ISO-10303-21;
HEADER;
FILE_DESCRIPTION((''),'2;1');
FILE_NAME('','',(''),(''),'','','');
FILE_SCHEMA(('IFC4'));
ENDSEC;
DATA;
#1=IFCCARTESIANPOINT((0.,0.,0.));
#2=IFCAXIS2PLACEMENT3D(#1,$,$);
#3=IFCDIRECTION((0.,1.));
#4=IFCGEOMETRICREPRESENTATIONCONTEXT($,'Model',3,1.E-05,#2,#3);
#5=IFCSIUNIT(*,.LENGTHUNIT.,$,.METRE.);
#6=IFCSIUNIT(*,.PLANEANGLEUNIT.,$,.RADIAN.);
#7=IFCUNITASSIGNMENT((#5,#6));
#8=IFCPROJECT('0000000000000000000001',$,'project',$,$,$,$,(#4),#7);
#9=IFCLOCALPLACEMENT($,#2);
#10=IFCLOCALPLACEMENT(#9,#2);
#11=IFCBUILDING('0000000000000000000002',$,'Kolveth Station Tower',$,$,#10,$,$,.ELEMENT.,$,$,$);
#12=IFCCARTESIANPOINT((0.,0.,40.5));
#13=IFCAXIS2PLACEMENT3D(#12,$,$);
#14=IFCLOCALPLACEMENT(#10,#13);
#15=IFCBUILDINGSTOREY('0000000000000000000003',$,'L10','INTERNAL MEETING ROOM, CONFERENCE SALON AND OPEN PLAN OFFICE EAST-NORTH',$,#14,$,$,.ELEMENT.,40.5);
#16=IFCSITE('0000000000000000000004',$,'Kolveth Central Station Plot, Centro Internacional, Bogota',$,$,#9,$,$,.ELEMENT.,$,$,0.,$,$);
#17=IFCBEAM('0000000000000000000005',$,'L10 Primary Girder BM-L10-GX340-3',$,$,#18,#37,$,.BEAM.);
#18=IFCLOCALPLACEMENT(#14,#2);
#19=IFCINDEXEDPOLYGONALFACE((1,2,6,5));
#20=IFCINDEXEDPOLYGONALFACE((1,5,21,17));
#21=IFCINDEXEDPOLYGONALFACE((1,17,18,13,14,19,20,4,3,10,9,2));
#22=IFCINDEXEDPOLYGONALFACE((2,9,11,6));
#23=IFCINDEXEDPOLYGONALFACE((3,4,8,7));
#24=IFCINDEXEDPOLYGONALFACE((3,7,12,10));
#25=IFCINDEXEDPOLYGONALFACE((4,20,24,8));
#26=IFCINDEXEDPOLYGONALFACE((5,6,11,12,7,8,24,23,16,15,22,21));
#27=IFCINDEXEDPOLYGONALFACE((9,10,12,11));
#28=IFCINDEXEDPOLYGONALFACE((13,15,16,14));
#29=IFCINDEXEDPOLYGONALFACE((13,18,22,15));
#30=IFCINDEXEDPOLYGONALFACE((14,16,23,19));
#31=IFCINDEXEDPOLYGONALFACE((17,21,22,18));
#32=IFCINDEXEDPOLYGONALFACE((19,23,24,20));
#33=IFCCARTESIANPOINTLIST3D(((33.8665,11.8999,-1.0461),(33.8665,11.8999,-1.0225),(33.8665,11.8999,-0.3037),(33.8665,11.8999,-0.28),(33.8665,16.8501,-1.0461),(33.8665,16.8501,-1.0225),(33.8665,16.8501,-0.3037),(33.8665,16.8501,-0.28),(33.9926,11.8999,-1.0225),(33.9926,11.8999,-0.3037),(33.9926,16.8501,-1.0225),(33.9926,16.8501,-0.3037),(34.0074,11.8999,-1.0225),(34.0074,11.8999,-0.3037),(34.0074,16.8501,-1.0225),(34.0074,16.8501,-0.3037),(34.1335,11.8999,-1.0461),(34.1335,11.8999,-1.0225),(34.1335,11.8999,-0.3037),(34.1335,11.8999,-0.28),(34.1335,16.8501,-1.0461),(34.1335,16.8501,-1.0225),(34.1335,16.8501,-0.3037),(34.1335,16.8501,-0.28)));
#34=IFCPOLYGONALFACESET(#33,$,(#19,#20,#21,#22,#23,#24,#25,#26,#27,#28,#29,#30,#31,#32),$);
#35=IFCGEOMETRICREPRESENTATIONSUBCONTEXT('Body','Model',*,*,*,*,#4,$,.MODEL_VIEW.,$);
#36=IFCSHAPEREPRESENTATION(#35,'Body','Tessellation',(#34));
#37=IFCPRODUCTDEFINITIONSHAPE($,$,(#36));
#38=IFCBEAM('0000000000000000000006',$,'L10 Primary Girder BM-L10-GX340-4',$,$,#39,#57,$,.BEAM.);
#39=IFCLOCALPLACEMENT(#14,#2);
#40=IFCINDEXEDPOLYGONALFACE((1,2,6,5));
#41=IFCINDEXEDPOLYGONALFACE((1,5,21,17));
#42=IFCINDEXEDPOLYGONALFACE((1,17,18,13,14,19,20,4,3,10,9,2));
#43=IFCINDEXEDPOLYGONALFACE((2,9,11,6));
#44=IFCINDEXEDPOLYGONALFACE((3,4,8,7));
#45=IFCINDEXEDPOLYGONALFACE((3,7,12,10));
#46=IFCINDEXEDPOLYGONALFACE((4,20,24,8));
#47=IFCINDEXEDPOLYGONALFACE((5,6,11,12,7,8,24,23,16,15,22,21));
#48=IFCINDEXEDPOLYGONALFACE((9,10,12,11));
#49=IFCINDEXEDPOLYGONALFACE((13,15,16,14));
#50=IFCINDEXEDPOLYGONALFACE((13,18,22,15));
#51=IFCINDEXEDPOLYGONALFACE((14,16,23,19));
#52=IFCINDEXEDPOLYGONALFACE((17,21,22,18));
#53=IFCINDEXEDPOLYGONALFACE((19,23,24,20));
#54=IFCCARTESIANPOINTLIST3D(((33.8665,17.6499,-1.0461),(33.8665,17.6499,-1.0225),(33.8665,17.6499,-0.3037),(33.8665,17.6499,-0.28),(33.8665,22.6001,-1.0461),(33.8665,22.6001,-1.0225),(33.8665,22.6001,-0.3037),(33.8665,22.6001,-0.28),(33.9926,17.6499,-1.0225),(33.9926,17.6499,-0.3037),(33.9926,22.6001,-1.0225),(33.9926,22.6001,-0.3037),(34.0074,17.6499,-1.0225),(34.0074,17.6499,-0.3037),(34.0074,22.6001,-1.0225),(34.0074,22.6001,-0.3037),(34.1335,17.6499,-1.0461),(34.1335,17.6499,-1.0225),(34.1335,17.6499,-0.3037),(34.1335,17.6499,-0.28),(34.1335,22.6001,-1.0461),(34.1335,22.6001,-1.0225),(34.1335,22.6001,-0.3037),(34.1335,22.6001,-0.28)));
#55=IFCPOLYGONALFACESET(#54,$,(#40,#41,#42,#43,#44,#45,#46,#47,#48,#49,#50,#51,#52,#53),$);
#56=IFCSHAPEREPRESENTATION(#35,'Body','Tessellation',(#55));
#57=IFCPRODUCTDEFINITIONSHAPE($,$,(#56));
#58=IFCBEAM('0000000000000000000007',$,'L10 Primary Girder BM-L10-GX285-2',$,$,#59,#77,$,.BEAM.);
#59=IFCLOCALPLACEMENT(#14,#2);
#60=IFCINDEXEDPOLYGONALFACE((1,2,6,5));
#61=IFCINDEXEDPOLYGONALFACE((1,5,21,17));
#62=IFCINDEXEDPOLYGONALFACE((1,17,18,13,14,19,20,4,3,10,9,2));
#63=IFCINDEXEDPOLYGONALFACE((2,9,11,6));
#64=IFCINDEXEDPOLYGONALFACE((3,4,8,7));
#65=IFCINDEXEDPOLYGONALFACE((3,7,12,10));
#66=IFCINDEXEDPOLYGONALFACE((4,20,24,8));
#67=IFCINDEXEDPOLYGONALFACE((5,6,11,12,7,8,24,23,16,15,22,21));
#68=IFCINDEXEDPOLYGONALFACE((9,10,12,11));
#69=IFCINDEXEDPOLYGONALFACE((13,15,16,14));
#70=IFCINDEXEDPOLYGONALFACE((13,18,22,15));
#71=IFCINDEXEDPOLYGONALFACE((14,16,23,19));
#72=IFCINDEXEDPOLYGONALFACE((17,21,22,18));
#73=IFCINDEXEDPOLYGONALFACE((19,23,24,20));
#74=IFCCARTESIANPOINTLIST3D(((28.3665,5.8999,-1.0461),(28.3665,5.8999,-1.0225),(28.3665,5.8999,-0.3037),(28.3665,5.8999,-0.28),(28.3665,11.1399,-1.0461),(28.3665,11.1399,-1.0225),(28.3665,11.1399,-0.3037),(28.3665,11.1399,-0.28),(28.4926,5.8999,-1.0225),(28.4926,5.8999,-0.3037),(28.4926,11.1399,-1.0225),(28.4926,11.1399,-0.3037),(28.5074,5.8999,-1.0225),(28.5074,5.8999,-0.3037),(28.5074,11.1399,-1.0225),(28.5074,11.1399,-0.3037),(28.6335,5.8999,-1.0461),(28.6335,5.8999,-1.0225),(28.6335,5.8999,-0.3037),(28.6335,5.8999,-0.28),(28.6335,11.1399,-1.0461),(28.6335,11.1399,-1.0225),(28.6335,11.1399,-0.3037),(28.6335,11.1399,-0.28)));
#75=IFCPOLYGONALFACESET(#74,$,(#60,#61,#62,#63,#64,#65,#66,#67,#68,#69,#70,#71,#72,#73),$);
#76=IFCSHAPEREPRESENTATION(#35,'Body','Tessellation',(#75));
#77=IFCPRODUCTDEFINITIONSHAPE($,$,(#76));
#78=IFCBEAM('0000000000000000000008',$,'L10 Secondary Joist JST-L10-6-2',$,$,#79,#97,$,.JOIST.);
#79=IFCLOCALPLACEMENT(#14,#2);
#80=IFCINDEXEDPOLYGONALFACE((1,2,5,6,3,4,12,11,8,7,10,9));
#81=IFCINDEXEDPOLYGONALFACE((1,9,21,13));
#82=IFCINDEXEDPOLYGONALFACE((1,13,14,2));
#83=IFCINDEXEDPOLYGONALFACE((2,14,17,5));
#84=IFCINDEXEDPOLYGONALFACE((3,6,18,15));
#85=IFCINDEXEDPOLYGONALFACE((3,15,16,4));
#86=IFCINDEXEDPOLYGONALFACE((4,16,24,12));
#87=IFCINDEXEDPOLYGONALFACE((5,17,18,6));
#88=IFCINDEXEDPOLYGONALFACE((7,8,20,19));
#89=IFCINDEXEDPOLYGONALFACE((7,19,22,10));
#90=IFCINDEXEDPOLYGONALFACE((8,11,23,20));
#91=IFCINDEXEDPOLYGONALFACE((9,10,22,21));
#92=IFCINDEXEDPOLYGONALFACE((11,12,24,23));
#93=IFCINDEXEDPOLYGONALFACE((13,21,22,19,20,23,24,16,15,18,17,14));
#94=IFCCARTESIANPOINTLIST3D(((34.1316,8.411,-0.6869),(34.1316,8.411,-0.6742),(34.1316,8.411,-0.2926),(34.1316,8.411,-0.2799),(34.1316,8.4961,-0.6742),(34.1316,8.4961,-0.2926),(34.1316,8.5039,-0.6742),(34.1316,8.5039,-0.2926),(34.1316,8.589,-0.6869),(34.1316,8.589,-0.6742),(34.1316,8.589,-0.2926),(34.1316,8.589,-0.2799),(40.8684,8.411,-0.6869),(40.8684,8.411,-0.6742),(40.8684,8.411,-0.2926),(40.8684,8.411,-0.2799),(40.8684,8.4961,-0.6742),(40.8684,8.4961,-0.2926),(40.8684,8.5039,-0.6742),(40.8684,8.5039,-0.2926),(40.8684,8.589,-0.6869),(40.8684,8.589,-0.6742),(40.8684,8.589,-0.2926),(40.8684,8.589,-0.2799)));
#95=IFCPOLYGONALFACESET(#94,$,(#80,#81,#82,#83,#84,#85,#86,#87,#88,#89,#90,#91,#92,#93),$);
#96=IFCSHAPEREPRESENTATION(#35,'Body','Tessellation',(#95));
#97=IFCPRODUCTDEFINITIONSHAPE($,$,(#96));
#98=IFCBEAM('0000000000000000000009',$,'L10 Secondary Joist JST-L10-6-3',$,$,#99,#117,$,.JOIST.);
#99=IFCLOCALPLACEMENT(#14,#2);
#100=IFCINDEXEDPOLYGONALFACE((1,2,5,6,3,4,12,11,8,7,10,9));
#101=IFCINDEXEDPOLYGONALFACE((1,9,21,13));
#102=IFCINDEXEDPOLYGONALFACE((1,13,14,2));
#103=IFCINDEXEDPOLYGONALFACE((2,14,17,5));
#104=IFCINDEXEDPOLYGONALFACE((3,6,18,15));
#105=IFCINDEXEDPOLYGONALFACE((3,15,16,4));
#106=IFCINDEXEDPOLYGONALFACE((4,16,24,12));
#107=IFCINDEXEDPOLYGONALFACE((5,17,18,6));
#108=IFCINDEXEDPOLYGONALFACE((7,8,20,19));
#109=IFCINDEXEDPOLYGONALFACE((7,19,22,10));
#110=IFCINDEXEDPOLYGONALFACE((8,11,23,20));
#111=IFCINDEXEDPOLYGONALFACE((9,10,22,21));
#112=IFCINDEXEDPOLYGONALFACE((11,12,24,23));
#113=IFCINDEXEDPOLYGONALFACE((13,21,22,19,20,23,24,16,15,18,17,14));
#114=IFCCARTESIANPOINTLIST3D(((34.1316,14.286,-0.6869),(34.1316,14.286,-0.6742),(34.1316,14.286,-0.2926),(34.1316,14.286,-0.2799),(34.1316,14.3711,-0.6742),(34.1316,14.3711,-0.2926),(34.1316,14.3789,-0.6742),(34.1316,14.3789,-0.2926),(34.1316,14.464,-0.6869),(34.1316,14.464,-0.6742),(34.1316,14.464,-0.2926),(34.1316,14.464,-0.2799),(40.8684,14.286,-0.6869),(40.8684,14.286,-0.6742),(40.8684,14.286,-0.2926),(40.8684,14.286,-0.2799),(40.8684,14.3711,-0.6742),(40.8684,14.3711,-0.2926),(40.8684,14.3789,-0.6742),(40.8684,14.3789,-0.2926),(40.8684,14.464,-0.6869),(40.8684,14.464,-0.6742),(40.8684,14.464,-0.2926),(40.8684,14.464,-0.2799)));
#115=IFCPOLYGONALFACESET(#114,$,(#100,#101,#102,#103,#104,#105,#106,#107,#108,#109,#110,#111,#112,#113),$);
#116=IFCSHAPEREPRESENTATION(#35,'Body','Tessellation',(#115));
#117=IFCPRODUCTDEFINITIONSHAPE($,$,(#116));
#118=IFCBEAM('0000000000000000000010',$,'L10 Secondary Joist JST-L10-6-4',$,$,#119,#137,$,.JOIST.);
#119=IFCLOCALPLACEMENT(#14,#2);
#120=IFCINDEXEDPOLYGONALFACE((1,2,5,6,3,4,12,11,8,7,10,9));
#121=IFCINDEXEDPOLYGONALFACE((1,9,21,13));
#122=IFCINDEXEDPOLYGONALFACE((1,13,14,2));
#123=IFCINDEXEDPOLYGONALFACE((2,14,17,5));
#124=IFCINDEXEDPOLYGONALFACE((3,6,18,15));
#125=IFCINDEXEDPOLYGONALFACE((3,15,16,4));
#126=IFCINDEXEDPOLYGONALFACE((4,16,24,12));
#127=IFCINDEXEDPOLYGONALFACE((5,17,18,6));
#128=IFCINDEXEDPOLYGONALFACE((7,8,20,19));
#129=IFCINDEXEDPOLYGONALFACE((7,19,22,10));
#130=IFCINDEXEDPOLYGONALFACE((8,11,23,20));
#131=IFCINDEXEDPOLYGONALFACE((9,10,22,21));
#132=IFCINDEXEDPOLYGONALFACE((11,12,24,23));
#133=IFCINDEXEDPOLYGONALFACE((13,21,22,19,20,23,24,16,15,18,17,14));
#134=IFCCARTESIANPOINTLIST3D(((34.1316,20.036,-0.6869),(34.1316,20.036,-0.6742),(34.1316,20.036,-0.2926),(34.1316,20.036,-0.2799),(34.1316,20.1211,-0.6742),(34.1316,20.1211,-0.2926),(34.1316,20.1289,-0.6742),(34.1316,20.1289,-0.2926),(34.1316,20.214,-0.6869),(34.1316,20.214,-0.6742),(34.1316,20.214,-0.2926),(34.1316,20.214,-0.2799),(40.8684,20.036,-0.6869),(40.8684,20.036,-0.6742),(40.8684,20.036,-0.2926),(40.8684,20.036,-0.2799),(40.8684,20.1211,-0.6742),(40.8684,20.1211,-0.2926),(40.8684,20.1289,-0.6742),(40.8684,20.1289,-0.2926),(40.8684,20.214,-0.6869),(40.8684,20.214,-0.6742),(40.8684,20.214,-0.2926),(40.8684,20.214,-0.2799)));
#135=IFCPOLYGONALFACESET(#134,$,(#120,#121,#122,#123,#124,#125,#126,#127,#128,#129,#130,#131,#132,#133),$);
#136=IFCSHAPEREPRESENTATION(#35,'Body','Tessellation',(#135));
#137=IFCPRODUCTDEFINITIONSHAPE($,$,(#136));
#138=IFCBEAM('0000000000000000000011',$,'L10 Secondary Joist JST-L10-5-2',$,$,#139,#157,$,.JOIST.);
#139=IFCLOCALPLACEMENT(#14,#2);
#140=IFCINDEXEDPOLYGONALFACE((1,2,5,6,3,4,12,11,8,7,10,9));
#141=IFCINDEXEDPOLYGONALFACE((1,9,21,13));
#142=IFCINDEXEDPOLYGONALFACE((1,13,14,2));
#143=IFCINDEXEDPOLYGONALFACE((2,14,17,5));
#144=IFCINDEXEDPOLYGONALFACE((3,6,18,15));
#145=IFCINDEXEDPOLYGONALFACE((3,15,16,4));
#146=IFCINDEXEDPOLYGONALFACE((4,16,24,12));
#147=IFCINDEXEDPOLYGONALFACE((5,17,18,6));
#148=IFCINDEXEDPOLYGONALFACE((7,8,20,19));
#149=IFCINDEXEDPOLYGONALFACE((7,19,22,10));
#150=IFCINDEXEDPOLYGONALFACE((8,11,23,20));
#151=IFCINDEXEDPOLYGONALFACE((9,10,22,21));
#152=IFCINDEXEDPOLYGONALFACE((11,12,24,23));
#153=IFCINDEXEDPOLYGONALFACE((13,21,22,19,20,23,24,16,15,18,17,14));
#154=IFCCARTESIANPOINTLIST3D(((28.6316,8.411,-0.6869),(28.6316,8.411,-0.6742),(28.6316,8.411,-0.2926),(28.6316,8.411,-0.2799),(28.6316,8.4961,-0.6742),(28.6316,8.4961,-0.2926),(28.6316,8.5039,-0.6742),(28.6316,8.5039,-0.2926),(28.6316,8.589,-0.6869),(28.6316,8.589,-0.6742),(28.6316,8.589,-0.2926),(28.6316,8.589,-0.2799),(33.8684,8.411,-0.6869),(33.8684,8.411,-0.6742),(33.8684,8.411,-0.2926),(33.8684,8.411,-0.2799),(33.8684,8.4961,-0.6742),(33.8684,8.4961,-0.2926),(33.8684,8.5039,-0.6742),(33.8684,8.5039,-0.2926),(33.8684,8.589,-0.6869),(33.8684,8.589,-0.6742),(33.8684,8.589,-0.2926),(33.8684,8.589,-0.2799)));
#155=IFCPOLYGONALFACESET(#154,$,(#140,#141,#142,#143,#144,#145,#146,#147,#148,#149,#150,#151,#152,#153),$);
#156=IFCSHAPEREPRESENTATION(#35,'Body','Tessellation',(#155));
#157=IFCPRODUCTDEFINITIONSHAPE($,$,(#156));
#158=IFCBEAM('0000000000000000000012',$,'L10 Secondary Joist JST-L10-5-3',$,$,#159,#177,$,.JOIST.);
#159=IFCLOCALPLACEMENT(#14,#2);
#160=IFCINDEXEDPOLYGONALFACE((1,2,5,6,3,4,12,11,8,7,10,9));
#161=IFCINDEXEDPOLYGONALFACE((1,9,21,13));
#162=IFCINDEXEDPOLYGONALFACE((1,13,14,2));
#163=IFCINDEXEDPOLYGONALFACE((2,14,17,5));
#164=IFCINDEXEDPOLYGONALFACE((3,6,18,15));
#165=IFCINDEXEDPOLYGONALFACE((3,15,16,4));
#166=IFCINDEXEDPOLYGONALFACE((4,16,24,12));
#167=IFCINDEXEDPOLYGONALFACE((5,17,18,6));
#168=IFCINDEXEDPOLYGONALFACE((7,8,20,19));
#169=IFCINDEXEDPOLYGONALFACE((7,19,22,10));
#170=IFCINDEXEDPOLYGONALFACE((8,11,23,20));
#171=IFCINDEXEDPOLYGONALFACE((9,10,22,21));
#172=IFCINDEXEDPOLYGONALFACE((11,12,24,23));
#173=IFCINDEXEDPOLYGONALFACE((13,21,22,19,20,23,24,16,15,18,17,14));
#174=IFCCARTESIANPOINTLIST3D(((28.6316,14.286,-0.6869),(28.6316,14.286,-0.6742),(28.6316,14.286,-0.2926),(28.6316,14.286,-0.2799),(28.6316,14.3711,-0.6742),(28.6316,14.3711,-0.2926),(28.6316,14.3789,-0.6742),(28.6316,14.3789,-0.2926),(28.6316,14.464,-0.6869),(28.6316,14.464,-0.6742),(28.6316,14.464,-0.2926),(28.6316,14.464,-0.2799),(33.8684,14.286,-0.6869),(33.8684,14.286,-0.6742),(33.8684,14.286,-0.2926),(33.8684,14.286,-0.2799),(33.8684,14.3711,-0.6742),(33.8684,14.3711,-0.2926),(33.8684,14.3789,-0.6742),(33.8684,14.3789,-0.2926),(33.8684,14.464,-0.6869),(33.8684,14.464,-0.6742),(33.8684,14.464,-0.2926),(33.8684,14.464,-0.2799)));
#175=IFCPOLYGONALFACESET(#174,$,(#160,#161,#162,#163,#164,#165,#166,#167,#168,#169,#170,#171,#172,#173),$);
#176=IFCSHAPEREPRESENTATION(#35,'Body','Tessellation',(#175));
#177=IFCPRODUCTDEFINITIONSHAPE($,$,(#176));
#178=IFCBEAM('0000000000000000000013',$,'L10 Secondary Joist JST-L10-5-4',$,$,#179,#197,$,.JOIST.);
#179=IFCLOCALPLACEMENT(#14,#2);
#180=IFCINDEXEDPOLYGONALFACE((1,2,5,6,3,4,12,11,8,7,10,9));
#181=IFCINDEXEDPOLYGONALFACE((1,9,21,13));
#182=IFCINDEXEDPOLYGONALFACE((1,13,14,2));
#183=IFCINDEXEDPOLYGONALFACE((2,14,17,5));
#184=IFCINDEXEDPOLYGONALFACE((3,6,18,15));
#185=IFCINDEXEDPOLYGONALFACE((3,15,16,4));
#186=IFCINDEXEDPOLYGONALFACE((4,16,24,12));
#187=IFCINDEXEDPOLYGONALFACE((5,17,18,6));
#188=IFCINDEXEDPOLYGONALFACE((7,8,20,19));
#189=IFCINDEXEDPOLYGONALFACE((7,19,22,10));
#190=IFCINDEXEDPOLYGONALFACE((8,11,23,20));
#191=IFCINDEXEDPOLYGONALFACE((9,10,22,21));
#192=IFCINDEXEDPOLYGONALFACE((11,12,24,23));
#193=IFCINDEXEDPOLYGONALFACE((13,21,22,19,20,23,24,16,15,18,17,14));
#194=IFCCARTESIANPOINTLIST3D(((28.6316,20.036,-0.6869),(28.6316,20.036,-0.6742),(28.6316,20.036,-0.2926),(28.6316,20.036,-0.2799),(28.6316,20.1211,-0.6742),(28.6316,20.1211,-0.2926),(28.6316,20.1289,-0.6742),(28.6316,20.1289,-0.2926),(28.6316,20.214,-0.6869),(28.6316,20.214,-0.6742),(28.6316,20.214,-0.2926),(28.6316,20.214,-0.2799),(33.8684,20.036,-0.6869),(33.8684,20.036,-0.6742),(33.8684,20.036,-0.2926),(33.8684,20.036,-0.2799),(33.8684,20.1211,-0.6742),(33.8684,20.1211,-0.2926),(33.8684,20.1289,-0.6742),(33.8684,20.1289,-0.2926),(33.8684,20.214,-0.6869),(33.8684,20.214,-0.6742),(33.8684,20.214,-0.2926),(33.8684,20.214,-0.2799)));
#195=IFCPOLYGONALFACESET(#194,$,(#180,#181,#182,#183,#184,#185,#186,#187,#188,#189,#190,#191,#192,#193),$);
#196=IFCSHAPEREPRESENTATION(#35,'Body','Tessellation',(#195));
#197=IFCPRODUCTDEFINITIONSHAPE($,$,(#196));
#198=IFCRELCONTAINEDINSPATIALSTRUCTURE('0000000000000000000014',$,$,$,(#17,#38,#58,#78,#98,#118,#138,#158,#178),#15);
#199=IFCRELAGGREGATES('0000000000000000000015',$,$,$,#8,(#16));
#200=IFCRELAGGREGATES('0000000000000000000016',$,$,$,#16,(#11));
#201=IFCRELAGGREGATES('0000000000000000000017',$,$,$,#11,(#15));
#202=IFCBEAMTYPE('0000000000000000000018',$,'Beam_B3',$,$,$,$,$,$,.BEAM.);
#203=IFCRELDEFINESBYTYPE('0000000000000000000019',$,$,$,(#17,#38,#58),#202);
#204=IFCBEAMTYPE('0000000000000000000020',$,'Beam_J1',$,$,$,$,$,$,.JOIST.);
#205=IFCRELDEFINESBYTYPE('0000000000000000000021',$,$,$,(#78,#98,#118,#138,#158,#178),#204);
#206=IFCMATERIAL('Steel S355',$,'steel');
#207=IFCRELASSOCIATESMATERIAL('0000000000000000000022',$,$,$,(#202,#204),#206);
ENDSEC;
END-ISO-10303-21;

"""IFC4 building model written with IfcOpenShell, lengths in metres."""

from ifc_helpers import new_model, si_unit, direction, frame, origin, origin_2d, place, context, subcontext, project, spatial, i_section, extrude, source, transform, mapped, material, material_profile, profile_set, type_object, element, save


model = new_model("IFC4")

# Units and contexts
model_context = context("Model", 3, precision=1e-05, world=origin(), true_north=direction((0.0, 1.0)))
body_context = subcontext(model_context, "Body", "Model", "MODEL_VIEW")
ifc_project = project(units=[si_unit("LENGTHUNIT", "METRE"), si_unit("PLANEANGLEUNIT", "RADIAN")], contexts=[model_context])

# Site, building, storey
site_placement = place(None, origin())
site = spatial("IfcSite", under=ifc_project, at=site_placement, Name="Kolveth Central Station Plot, Centro Internacional, Bogota", CompositionType="ELEMENT", RefElevation=0.0)
building_placement = place(site_placement, origin())
building = spatial("IfcBuilding", under=site, at=building_placement, Name="Kolveth Station Tower", CompositionType="ELEMENT")
storey_placement = place(building_placement, frame((0.0, 0.0, 40.5)))
storey = spatial("IfcBuildingStorey", under=building, at=storey_placement, Name="L10", Description="INTERNAL MEETING ROOM, CONFERENCE SALON AND OPEN PLAN OFFICE EAST-NORTH", CompositionType="ELEMENT", Elevation=40.5)

# Beams
ifc_material_1 = material(Name="Steel S355", Category="steel")
ifc_material_profile_1 = material_profile(ifc_material_1, i_section(OverallWidth=0.2671, OverallDepth=0.7661, WebThickness=0.0149, FlangeThickness=0.0237, at=origin_2d()), Name="W760x185")
ifc_profile_set_1 = profile_set([ifc_material_profile_1], Name="Steel S355")
beam_type_1 = type_object("IfcBeamType", Name="Beam_B3", PredefinedType="BEAM", material=ifc_profile_set_1)
shared_shape_1 = source(origin(), body_context, "Body", "SweptSolid", [
    extrude(i_section(OverallWidth=0.2671, OverallDepth=0.7661, WebThickness=0.0149, FlangeThickness=0.0237, at=origin_2d()), origin(), (0.0, 0.0, 1.0), 4.9502),
])
for number, where, z_axis, x_axis, name in (
    (1, (34.0, 11.8999, -0.6631), (0.0, 1.0, 0.0), (-1.0, 0.0, 0.0), "L10 Primary Girder BM-L10-GX340-3"),
    (2, (34.0, 17.6499, -0.6631), (0.0, 1.0, 0.0), (-1.0, 0.0, 0.0), "L10 Primary Girder BM-L10-GX340-4"),
):
    element("IfcBeam", number, at=place(storey_placement, frame(where, z_axis=z_axis, x_axis=x_axis)), inside=storey, type_object=beam_type_1, Name=name, PredefinedType="BEAM", context=body_context, shape_type="MappedRepresentation", body=[
        mapped(shared_shape_1, transform((0.0, 0.0, 0.0), x_axis=(1.0, 0.0, 0.0), y_axis=(0.0, 1.0, 0.0), z_axis=(0.0, 0.0, 1.0), scale=1.0)),
    ])
shared_shape_2 = source(origin(), body_context, "Body", "SweptSolid", [
    extrude(i_section(OverallWidth=0.2671, OverallDepth=0.7661, WebThickness=0.0149, FlangeThickness=0.0237, at=origin_2d()), origin(), (0.0, 0.0, 1.0), 5.24),
])
beam_1_placement = place(storey_placement, frame((28.5, 5.8999, -0.6631), z_axis=(0.0, 1.0, 0.0), x_axis=(-1.0, 0.0, 0.0)))
element("IfcBeam", 3, at=beam_1_placement, inside=storey, type_object=beam_type_1, Name="L10 Primary Girder BM-L10-GX285-2", PredefinedType="BEAM", context=body_context, shape_type="MappedRepresentation", body=[
    mapped(shared_shape_2, transform((0.0, 0.0, 0.0), x_axis=(1.0, 0.0, 0.0), y_axis=(0.0, 1.0, 0.0), z_axis=(0.0, 0.0, 1.0), scale=1.0)),
])
ifc_material_profile_2 = material_profile(ifc_material_1, i_section(OverallWidth=0.178, OverallDepth=0.407, WebThickness=0.0078, FlangeThickness=0.0127, at=origin_2d()), Name="W410x60")
ifc_profile_set_2 = profile_set([ifc_material_profile_2], Name="Steel S355")
beam_type_2 = type_object("IfcBeamType", Name="Beam_J1", PredefinedType="JOIST", material=ifc_profile_set_2)
shared_shape_3 = source(origin(), body_context, "Body", "SweptSolid", [
    extrude(i_section(OverallWidth=0.178, OverallDepth=0.407, WebThickness=0.0078, FlangeThickness=0.0127, at=origin_2d()), origin(), (0.0, 0.0, 1.0), 6.7368),
])
for number, where, z_axis, x_axis, name in (
    (4, (34.1316, 8.5, -0.4834), (1.0, 0.0, 0.0), (0.0, 1.0, 0.0), "L10 Secondary Joist JST-L10-6-2"),
    (5, (34.1316, 14.375, -0.4834), (1.0, 0.0, 0.0), (0.0, 1.0, 0.0), "L10 Secondary Joist JST-L10-6-3"),
    (6, (34.1316, 20.125, -0.4834), (1.0, 0.0, 0.0), (0.0, 1.0, 0.0), "L10 Secondary Joist JST-L10-6-4"),
):
    element("IfcBeam", number, at=place(storey_placement, frame(where, z_axis=z_axis, x_axis=x_axis)), inside=storey, type_object=beam_type_2, Name=name, PredefinedType="JOIST", context=body_context, shape_type="MappedRepresentation", body=[
        mapped(shared_shape_3, transform((0.0, 0.0, 0.0), x_axis=(1.0, 0.0, 0.0), y_axis=(0.0, 1.0, 0.0), z_axis=(0.0, 0.0, 1.0), scale=1.0)),
    ])
shared_shape_4 = source(origin(), body_context, "Body", "SweptSolid", [
    extrude(i_section(OverallWidth=0.178, OverallDepth=0.407, WebThickness=0.0078, FlangeThickness=0.0127, at=origin_2d()), origin(), (0.0, 0.0, 1.0), 5.2368),
])
for number, where, z_axis, x_axis, name in (
    (7, (28.6316, 8.5, -0.4834), (1.0, 0.0, 0.0), (0.0, 1.0, 0.0), "L10 Secondary Joist JST-L10-5-2"),
    (8, (28.6316, 14.375, -0.4834), (1.0, 0.0, 0.0), (0.0, 1.0, 0.0), "L10 Secondary Joist JST-L10-5-3"),
    (9, (28.6316, 20.125, -0.4834), (1.0, 0.0, 0.0), (0.0, 1.0, 0.0), "L10 Secondary Joist JST-L10-5-4"),
):
    element("IfcBeam", number, at=place(storey_placement, frame(where, z_axis=z_axis, x_axis=x_axis)), inside=storey, type_object=beam_type_2, Name=name, PredefinedType="JOIST", context=body_context, shape_type="MappedRepresentation", body=[
        mapped(shared_shape_4, transform((0.0, 0.0, 0.0), x_axis=(1.0, 0.0, 0.0), y_axis=(0.0, 1.0, 0.0), z_axis=(0.0, 0.0, 1.0), scale=1.0)),
    ])

save(model, "model.ifc")
